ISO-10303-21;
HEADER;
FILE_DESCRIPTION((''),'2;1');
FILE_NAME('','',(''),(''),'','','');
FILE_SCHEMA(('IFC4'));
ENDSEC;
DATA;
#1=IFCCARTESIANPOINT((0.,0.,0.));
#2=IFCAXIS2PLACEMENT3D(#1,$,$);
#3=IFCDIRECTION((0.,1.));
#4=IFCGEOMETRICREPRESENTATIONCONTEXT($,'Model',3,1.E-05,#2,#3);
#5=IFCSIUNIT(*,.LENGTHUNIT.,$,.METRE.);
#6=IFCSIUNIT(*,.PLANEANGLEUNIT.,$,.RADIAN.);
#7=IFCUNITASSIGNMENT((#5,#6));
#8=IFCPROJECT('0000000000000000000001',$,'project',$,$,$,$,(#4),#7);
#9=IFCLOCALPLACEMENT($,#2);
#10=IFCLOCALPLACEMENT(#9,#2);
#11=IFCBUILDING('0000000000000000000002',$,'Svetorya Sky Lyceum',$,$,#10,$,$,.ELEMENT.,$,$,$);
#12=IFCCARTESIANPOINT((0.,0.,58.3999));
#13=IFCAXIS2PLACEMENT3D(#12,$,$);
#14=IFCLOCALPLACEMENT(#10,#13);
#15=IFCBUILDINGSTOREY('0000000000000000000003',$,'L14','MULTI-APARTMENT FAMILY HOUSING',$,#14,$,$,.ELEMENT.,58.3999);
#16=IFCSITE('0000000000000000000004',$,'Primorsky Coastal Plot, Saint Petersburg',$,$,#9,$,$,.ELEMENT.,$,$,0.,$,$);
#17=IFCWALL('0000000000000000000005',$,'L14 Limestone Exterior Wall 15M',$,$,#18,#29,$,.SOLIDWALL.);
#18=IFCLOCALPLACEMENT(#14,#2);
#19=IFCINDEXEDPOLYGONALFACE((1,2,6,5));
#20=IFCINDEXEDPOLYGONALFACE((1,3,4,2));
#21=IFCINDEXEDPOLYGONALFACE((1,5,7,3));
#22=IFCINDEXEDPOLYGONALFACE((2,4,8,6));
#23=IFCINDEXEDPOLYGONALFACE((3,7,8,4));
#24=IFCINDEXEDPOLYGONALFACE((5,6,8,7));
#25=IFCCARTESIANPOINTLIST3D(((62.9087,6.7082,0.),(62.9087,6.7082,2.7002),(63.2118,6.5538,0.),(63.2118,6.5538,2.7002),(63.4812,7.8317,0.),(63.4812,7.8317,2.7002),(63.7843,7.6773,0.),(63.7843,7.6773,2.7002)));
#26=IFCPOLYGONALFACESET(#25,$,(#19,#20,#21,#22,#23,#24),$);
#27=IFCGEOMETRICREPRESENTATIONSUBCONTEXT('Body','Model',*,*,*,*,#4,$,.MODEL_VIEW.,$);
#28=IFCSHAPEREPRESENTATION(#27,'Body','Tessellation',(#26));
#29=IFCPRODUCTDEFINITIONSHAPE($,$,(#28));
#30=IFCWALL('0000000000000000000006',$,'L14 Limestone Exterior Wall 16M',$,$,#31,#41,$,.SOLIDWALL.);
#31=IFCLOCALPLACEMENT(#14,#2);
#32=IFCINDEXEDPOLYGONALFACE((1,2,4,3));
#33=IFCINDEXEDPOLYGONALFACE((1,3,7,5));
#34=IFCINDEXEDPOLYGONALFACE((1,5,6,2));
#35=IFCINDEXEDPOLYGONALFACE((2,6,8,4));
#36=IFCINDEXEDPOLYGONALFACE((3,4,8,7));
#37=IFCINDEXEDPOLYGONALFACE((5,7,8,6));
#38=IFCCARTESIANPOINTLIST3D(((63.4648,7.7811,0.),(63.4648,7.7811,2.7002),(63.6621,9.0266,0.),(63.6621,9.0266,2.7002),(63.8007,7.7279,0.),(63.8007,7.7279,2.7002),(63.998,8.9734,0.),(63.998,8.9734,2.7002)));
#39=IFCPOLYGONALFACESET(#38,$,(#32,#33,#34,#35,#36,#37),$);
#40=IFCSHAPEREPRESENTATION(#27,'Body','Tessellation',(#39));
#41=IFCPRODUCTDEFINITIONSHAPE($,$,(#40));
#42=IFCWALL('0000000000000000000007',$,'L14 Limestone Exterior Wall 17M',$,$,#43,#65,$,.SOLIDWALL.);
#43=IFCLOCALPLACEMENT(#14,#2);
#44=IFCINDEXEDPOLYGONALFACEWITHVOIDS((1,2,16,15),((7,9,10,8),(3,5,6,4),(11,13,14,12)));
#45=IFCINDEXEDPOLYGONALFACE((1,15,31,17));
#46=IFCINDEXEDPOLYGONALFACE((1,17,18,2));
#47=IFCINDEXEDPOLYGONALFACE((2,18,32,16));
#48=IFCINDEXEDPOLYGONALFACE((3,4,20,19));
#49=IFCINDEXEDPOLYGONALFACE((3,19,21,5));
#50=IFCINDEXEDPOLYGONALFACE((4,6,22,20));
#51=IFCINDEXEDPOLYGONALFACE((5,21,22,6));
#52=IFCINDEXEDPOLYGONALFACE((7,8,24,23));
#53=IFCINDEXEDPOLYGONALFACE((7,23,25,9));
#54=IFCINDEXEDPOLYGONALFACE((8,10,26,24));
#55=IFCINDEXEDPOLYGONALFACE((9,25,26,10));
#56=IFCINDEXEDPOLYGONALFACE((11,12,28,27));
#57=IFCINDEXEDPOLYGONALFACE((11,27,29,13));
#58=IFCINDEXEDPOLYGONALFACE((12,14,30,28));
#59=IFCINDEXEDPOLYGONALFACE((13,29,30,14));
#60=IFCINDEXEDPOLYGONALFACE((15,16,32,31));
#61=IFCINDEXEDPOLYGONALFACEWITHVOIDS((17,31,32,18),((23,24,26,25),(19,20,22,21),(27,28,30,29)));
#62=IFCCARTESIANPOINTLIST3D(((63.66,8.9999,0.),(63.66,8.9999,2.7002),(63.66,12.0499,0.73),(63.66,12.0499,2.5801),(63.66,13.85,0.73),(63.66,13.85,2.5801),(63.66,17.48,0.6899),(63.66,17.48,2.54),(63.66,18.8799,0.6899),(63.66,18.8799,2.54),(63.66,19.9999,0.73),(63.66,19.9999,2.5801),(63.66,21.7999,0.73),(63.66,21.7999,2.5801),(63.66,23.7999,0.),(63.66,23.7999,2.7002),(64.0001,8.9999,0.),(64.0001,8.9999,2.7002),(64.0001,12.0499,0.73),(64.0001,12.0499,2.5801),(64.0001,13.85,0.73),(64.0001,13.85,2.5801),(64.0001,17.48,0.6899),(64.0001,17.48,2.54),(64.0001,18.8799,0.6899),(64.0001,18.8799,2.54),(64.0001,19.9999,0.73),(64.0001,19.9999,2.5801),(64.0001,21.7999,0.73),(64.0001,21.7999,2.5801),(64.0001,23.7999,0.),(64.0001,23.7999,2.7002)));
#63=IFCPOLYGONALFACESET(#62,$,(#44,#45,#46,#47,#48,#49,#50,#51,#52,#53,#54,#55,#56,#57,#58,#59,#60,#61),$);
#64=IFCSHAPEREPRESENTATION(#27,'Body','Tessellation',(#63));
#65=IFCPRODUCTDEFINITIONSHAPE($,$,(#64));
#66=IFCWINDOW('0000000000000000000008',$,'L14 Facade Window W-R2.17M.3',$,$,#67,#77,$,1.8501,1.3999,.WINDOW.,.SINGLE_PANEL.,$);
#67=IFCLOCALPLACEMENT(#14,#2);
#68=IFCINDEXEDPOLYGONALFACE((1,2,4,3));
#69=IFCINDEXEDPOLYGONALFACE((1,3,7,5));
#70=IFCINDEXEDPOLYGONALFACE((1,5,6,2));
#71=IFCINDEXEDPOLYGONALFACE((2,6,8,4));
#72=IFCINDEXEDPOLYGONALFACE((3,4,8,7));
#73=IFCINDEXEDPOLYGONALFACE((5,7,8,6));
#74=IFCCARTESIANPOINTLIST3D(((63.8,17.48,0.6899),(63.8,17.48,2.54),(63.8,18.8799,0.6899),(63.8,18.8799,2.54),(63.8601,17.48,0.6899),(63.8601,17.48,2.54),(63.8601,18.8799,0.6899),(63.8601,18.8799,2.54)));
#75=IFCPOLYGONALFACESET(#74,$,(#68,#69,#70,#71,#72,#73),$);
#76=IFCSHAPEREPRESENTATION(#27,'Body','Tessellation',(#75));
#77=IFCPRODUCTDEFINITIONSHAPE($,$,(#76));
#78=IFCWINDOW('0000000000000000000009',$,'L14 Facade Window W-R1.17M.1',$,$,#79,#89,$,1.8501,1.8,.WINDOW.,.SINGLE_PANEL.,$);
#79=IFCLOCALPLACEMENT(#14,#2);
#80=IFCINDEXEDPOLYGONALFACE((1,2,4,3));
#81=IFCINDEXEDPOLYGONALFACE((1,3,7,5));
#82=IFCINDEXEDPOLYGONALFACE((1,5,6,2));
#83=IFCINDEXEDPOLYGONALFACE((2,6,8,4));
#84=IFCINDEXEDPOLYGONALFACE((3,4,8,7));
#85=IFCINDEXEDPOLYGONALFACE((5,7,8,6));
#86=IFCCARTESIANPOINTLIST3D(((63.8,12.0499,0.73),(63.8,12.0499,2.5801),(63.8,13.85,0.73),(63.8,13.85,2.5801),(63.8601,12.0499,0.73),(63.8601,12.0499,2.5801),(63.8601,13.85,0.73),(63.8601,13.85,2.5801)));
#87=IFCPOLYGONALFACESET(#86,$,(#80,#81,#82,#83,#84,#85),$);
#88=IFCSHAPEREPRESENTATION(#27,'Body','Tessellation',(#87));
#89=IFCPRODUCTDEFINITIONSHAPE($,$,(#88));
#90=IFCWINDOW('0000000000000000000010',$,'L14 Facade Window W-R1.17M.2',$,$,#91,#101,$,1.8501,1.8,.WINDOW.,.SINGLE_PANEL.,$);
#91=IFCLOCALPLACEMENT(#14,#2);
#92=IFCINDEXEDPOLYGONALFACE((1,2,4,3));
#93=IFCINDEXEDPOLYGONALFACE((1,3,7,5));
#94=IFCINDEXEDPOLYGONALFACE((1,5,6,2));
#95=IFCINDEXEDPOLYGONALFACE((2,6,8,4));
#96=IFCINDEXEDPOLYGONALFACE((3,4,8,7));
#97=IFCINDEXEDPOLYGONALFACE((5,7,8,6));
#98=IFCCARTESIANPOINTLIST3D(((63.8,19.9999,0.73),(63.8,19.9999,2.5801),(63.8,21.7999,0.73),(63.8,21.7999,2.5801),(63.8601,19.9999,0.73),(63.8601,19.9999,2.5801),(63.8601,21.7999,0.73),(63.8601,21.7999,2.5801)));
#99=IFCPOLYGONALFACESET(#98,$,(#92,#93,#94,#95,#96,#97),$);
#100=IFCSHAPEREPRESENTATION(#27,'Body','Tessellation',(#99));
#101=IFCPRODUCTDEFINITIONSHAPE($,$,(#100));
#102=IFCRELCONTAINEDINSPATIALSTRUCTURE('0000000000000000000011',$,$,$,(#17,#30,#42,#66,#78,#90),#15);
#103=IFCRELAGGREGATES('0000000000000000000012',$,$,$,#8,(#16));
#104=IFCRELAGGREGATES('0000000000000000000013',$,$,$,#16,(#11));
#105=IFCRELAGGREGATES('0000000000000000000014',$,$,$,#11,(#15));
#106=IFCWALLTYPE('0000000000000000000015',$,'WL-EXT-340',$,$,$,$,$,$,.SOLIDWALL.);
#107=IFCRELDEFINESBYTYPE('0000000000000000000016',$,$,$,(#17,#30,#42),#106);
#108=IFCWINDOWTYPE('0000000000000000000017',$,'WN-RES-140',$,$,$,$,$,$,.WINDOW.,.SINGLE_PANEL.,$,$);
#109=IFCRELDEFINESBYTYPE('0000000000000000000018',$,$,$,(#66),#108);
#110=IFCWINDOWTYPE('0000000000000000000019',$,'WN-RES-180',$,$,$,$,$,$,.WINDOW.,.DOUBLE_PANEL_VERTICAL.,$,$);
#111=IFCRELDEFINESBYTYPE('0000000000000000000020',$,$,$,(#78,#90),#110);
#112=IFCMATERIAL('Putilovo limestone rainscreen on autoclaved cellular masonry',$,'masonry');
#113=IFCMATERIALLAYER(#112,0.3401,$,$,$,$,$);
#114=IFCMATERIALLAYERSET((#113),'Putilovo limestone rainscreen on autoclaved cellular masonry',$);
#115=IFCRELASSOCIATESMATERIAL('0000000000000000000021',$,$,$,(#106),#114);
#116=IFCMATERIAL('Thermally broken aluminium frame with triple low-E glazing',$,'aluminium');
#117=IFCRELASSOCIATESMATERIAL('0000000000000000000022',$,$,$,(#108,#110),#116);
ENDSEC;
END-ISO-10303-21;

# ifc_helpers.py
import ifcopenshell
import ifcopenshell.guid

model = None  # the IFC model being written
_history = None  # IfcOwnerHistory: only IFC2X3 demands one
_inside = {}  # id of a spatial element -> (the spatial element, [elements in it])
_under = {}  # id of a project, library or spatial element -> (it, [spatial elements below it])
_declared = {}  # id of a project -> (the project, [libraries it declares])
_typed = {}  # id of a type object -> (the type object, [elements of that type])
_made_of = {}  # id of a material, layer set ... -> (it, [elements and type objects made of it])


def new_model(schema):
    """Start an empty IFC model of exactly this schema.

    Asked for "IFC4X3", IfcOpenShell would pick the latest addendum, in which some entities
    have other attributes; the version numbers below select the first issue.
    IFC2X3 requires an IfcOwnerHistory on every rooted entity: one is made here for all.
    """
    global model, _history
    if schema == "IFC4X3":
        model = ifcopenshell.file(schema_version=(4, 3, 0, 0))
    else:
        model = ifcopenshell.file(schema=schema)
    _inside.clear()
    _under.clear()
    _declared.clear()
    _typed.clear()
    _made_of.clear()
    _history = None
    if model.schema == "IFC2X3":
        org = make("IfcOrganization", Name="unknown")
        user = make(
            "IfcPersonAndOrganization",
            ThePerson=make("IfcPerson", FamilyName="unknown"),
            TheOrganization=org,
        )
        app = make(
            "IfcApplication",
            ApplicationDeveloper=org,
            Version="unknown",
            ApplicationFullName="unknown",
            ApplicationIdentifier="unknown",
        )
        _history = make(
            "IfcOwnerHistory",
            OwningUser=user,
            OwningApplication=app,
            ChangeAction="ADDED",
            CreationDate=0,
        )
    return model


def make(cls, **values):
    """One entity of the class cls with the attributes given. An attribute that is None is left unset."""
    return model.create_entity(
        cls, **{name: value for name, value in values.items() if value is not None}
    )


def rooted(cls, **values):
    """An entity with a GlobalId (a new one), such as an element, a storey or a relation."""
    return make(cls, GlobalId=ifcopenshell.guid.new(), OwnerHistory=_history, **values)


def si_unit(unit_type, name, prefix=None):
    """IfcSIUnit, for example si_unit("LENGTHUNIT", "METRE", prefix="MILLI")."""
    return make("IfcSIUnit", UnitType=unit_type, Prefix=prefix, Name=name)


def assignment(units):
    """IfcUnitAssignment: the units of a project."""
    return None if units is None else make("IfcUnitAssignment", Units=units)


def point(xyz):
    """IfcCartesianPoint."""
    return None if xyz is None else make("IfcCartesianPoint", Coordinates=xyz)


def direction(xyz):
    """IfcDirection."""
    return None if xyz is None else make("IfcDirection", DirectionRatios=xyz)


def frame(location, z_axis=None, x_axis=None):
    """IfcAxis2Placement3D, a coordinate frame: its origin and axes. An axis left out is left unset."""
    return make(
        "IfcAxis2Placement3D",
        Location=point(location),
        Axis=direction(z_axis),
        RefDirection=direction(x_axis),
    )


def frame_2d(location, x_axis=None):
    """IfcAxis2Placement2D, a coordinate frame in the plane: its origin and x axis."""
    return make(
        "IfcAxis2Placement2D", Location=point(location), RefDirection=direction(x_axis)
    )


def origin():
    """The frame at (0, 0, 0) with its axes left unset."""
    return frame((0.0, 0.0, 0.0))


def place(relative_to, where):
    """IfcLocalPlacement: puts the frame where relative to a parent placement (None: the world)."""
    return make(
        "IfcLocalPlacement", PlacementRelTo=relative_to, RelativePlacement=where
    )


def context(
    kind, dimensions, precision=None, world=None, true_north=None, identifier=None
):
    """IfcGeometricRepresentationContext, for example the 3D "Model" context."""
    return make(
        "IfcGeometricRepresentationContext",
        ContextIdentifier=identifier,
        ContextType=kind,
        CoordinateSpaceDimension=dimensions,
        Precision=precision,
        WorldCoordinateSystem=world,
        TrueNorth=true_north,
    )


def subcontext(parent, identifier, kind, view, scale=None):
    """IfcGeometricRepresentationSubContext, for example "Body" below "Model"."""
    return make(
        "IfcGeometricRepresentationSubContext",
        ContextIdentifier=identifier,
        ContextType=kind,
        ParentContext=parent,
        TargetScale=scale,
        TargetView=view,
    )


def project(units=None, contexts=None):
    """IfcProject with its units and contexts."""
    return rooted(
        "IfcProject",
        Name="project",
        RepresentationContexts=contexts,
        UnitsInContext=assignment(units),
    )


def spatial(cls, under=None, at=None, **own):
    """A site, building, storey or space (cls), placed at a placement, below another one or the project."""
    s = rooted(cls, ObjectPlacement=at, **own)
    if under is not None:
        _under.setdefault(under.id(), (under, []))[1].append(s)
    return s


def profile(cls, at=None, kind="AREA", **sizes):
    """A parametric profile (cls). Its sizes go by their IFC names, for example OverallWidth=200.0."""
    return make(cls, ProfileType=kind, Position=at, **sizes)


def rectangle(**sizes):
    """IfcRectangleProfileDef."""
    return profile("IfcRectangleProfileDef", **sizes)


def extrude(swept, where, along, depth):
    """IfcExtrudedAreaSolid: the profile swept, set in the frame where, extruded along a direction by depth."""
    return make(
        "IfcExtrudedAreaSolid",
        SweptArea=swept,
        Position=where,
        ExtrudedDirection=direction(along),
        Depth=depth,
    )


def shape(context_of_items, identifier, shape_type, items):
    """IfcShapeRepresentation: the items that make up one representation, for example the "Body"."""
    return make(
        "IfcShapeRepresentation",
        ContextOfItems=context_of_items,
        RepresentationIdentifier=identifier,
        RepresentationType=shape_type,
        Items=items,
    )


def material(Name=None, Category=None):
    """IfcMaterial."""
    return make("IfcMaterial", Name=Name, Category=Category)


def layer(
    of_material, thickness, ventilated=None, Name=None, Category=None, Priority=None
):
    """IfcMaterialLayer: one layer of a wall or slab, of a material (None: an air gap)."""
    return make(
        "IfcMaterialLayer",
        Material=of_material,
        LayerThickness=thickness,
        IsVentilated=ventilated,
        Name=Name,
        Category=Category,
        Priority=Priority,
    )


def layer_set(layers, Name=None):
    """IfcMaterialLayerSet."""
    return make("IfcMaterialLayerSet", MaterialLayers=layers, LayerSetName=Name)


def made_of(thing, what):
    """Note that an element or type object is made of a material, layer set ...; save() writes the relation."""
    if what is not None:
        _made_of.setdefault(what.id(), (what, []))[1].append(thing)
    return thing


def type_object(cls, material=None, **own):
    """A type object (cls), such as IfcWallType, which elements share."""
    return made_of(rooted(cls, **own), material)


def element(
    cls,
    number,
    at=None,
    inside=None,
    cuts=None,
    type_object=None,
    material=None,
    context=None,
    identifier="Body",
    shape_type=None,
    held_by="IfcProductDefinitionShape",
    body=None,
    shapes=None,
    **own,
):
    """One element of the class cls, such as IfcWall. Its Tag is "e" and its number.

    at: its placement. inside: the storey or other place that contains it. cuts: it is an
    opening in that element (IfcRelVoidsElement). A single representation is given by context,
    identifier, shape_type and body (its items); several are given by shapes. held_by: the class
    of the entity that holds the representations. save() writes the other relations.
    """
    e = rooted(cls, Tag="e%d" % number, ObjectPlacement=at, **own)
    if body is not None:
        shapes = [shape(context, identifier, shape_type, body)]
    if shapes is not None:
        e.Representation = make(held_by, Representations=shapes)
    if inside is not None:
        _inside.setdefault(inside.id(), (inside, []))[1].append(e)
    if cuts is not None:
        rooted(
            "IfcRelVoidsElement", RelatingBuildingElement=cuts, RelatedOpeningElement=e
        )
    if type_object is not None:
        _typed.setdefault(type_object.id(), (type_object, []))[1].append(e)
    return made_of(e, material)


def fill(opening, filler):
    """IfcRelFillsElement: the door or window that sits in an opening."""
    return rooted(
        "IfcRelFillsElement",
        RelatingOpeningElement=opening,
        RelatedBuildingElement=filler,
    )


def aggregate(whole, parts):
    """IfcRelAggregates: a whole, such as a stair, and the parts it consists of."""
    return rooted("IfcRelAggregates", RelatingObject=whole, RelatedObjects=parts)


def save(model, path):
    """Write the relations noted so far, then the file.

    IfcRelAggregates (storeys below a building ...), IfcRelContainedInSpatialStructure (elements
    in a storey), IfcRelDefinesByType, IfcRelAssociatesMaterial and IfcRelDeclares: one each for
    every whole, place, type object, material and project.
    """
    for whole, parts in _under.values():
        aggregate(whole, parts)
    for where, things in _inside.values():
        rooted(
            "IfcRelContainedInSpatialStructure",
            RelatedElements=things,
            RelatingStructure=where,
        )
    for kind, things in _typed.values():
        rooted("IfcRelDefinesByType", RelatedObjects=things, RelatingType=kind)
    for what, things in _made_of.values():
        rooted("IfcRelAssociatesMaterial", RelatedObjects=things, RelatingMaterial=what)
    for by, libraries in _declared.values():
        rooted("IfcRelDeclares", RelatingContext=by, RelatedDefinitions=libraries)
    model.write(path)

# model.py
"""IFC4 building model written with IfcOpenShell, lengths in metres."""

from ifc_helpers import new_model, si_unit, direction, frame, frame_2d, origin, place, context, subcontext, project, spatial, rectangle, extrude, material, layer, layer_set, type_object, element, fill, save


model = new_model("IFC4")

# Units and contexts
model_context = context("Model", 3, precision=1e-05, world=origin(), true_north=direction((0.0, 1.0)))
body_context = subcontext(model_context, "Body", "Model", "MODEL_VIEW")
ifc_project = project(units=[si_unit("LENGTHUNIT", "METRE"), si_unit("PLANEANGLEUNIT", "RADIAN")], contexts=[model_context])

# Site, building, storey
site_placement = place(None, origin())
site = spatial("IfcSite", under=ifc_project, at=site_placement, Name="Primorsky Coastal Plot, Saint Petersburg", CompositionType="ELEMENT", RefElevation=0.0)
building_placement = place(site_placement, origin())
building = spatial("IfcBuilding", under=site, at=building_placement, Name="Svetorya Sky Lyceum", CompositionType="ELEMENT")
storey_placement = place(building_placement, frame((0.0, 0.0, 58.3999)))
storey = spatial("IfcBuildingStorey", under=building, at=storey_placement, Name="L14", Description="MULTI-APARTMENT FAMILY HOUSING", CompositionType="ELEMENT", Elevation=58.3999)

# Shared definitions
ifc_material_1 = material(Name="Putilovo limestone rainscreen on autoclaved cellular masonry", Category="masonry")
ifc_layer_1 = layer(ifc_material_1, 0.3401)
ifc_layer_set_1 = layer_set([ifc_layer_1], Name="Putilovo limestone rainscreen on autoclaved cellular masonry")
wall_type_1 = type_object("IfcWallType", Name="WL-EXT-340", PredefinedType="SOLIDWALL", material=ifc_layer_set_1)
ifc_material_2 = material(Name="Thermally broken aluminium frame with triple low-E glazing", Category="aluminium")

# Walls
for number, where, z_axis, x_axis, name in (
    (1, (63.0603, 6.6311, 0.0), (0.0, 0.0, 1.0), (0.454016, 0.890994, 0.0), "L14 Limestone Exterior Wall 15M"),
    (2, (63.6328, 7.7546, 0.0), (0.0, 0.0, 1.0), (0.15645, 0.987686, 0.0), "L14 Limestone Exterior Wall 16M"),
):
    element("IfcWall", number, at=place(storey_placement, frame(where, z_axis=z_axis, x_axis=x_axis)), inside=storey, type_object=wall_type_1, Name=name, PredefinedType="SOLIDWALL", context=body_context, shape_type="SweptSolid", body=[
        extrude(rectangle(XDim=1.261, YDim=0.3401, at=frame_2d((0.6304, 0.0))), origin(), (0.0, 0.0, 1.0), 2.7002),
    ])

# Wall, openings, windows
wall_1_placement = place(storey_placement, frame((63.8301, 9.0, 0.0), z_axis=(0.0, 0.0, 1.0), x_axis=(0.0, 1.0, 0.0)))
wall_1 = element("IfcWall", 3, at=wall_1_placement, inside=storey, type_object=wall_type_1, Name="L14 Limestone Exterior Wall 17M", PredefinedType="SOLIDWALL", context=body_context, shape_type="SweptSolid", body=[
    extrude(rectangle(XDim=14.8, YDim=0.3401, at=frame_2d((7.3999, 0.0))), origin(), (0.0, 0.0, 1.0), 2.7002),
])
opening_1_placement = place(wall_1_placement, frame((3.05, 0.0, 0.73)))
opening_1 = element("IfcOpeningElement", 4, at=opening_1_placement, cuts=wall_1, PredefinedType="OPENING", context=body_context, shape_type="SweptSolid", body=[
    extrude(rectangle(XDim=1.8, YDim=1.8501, at=frame_2d((0.8999, 0.925))), frame((0.0, 0.1799, 0.0), z_axis=(0.0, -1.0, 0.0), x_axis=(1.0, 0.0, 0.0)), (0.0, 0.0, 1.0), 0.3601),
])
opening_2_placement = place(wall_1_placement, frame((8.48, 0.0, 0.6899)))
opening_2 = element("IfcOpeningElement", 5, at=opening_2_placement, cuts=wall_1, PredefinedType="OPENING", context=body_context, shape_type="SweptSolid", body=[
    extrude(rectangle(XDim=1.3999, YDim=1.8501, at=frame_2d((0.7, 0.925))), frame((0.0, 0.1799, 0.0), z_axis=(0.0, -1.0, 0.0), x_axis=(1.0, 0.0, 0.0)), (0.0, 0.0, 1.0), 0.3601),
])
opening_3_placement = place(wall_1_placement, frame((11.0, 0.0, 0.73)))
opening_3 = element("IfcOpeningElement", 6, at=opening_3_placement, cuts=wall_1, PredefinedType="OPENING", context=body_context, shape_type="SweptSolid", body=[
    extrude(rectangle(XDim=1.8, YDim=1.8501, at=frame_2d((0.8999, 0.925))), frame((0.0, 0.1799, 0.0), z_axis=(0.0, -1.0, 0.0), x_axis=(1.0, 0.0, 0.0)), (0.0, 0.0, 1.0), 0.3601),
])
window_type_1 = type_object("IfcWindowType", Name="WN-RES-140", PartitioningType="SINGLE_PANEL", PredefinedType="WINDOW", material=ifc_material_2)
window_1_placement = place(opening_2_placement, origin())
window_1 = element("IfcWindow", 7, at=window_1_placement, inside=storey, type_object=window_type_1, Name="L14 Facade Window W-R2.17M.3", OverallHeight=1.8501, OverallWidth=1.3999, PartitioningType="SINGLE_PANEL", PredefinedType="WINDOW", context=body_context, shape_type="SweptSolid", body=[
    extrude(rectangle(XDim=1.3999, YDim=1.8501, at=frame_2d((0.7, 0.925))), frame((0.0, 0.03, 0.0), z_axis=(0.0, -1.0, 0.0), x_axis=(1.0, 0.0, 0.0)), (0.0, 0.0, 1.0), 0.0601),
])
fill(opening_2, window_1)
window_type_2 = type_object("IfcWindowType", Name="WN-RES-180", PartitioningType="DOUBLE_PANEL_VERTICAL", PredefinedType="WINDOW", material=ifc_material_2)
window_2_placement = place(opening_1_placement, origin())
window_2 = element("IfcWindow", 8, at=window_2_placement, inside=storey, type_object=window_type_2, Name="L14 Facade Window W-R1.17M.1", OverallHeight=1.8501, OverallWidth=1.8, PartitioningType="SINGLE_PANEL", PredefinedType="WINDOW", context=body_context, shape_type="SweptSolid", body=[
    extrude(rectangle(XDim=1.8, YDim=1.8501, at=frame_2d((0.8999, 0.925))), frame((0.0, 0.03, 0.0), z_axis=(0.0, -1.0, 0.0), x_axis=(1.0, 0.0, 0.0)), (0.0, 0.0, 1.0), 0.0601),
])
fill(opening_1, window_2)
window_3_placement = place(opening_3_placement, origin())
window_3 = element("IfcWindow", 9, at=window_3_placement, inside=storey, type_object=window_type_2, Name="L14 Facade Window W-R1.17M.2", OverallHeight=1.8501, OverallWidth=1.8, PartitioningType="SINGLE_PANEL", PredefinedType="WINDOW", context=body_context, shape_type="SweptSolid", body=[
    extrude(rectangle(XDim=1.8, YDim=1.8501, at=frame_2d((0.8999, 0.925))), frame((0.0, 0.03, 0.0), z_axis=(0.0, -1.0, 0.0), x_axis=(1.0, 0.0, 0.0)), (0.0, 0.0, 1.0), 0.0601),
])
fill(opening_3, window_3)

save(model, "model.ifc")
